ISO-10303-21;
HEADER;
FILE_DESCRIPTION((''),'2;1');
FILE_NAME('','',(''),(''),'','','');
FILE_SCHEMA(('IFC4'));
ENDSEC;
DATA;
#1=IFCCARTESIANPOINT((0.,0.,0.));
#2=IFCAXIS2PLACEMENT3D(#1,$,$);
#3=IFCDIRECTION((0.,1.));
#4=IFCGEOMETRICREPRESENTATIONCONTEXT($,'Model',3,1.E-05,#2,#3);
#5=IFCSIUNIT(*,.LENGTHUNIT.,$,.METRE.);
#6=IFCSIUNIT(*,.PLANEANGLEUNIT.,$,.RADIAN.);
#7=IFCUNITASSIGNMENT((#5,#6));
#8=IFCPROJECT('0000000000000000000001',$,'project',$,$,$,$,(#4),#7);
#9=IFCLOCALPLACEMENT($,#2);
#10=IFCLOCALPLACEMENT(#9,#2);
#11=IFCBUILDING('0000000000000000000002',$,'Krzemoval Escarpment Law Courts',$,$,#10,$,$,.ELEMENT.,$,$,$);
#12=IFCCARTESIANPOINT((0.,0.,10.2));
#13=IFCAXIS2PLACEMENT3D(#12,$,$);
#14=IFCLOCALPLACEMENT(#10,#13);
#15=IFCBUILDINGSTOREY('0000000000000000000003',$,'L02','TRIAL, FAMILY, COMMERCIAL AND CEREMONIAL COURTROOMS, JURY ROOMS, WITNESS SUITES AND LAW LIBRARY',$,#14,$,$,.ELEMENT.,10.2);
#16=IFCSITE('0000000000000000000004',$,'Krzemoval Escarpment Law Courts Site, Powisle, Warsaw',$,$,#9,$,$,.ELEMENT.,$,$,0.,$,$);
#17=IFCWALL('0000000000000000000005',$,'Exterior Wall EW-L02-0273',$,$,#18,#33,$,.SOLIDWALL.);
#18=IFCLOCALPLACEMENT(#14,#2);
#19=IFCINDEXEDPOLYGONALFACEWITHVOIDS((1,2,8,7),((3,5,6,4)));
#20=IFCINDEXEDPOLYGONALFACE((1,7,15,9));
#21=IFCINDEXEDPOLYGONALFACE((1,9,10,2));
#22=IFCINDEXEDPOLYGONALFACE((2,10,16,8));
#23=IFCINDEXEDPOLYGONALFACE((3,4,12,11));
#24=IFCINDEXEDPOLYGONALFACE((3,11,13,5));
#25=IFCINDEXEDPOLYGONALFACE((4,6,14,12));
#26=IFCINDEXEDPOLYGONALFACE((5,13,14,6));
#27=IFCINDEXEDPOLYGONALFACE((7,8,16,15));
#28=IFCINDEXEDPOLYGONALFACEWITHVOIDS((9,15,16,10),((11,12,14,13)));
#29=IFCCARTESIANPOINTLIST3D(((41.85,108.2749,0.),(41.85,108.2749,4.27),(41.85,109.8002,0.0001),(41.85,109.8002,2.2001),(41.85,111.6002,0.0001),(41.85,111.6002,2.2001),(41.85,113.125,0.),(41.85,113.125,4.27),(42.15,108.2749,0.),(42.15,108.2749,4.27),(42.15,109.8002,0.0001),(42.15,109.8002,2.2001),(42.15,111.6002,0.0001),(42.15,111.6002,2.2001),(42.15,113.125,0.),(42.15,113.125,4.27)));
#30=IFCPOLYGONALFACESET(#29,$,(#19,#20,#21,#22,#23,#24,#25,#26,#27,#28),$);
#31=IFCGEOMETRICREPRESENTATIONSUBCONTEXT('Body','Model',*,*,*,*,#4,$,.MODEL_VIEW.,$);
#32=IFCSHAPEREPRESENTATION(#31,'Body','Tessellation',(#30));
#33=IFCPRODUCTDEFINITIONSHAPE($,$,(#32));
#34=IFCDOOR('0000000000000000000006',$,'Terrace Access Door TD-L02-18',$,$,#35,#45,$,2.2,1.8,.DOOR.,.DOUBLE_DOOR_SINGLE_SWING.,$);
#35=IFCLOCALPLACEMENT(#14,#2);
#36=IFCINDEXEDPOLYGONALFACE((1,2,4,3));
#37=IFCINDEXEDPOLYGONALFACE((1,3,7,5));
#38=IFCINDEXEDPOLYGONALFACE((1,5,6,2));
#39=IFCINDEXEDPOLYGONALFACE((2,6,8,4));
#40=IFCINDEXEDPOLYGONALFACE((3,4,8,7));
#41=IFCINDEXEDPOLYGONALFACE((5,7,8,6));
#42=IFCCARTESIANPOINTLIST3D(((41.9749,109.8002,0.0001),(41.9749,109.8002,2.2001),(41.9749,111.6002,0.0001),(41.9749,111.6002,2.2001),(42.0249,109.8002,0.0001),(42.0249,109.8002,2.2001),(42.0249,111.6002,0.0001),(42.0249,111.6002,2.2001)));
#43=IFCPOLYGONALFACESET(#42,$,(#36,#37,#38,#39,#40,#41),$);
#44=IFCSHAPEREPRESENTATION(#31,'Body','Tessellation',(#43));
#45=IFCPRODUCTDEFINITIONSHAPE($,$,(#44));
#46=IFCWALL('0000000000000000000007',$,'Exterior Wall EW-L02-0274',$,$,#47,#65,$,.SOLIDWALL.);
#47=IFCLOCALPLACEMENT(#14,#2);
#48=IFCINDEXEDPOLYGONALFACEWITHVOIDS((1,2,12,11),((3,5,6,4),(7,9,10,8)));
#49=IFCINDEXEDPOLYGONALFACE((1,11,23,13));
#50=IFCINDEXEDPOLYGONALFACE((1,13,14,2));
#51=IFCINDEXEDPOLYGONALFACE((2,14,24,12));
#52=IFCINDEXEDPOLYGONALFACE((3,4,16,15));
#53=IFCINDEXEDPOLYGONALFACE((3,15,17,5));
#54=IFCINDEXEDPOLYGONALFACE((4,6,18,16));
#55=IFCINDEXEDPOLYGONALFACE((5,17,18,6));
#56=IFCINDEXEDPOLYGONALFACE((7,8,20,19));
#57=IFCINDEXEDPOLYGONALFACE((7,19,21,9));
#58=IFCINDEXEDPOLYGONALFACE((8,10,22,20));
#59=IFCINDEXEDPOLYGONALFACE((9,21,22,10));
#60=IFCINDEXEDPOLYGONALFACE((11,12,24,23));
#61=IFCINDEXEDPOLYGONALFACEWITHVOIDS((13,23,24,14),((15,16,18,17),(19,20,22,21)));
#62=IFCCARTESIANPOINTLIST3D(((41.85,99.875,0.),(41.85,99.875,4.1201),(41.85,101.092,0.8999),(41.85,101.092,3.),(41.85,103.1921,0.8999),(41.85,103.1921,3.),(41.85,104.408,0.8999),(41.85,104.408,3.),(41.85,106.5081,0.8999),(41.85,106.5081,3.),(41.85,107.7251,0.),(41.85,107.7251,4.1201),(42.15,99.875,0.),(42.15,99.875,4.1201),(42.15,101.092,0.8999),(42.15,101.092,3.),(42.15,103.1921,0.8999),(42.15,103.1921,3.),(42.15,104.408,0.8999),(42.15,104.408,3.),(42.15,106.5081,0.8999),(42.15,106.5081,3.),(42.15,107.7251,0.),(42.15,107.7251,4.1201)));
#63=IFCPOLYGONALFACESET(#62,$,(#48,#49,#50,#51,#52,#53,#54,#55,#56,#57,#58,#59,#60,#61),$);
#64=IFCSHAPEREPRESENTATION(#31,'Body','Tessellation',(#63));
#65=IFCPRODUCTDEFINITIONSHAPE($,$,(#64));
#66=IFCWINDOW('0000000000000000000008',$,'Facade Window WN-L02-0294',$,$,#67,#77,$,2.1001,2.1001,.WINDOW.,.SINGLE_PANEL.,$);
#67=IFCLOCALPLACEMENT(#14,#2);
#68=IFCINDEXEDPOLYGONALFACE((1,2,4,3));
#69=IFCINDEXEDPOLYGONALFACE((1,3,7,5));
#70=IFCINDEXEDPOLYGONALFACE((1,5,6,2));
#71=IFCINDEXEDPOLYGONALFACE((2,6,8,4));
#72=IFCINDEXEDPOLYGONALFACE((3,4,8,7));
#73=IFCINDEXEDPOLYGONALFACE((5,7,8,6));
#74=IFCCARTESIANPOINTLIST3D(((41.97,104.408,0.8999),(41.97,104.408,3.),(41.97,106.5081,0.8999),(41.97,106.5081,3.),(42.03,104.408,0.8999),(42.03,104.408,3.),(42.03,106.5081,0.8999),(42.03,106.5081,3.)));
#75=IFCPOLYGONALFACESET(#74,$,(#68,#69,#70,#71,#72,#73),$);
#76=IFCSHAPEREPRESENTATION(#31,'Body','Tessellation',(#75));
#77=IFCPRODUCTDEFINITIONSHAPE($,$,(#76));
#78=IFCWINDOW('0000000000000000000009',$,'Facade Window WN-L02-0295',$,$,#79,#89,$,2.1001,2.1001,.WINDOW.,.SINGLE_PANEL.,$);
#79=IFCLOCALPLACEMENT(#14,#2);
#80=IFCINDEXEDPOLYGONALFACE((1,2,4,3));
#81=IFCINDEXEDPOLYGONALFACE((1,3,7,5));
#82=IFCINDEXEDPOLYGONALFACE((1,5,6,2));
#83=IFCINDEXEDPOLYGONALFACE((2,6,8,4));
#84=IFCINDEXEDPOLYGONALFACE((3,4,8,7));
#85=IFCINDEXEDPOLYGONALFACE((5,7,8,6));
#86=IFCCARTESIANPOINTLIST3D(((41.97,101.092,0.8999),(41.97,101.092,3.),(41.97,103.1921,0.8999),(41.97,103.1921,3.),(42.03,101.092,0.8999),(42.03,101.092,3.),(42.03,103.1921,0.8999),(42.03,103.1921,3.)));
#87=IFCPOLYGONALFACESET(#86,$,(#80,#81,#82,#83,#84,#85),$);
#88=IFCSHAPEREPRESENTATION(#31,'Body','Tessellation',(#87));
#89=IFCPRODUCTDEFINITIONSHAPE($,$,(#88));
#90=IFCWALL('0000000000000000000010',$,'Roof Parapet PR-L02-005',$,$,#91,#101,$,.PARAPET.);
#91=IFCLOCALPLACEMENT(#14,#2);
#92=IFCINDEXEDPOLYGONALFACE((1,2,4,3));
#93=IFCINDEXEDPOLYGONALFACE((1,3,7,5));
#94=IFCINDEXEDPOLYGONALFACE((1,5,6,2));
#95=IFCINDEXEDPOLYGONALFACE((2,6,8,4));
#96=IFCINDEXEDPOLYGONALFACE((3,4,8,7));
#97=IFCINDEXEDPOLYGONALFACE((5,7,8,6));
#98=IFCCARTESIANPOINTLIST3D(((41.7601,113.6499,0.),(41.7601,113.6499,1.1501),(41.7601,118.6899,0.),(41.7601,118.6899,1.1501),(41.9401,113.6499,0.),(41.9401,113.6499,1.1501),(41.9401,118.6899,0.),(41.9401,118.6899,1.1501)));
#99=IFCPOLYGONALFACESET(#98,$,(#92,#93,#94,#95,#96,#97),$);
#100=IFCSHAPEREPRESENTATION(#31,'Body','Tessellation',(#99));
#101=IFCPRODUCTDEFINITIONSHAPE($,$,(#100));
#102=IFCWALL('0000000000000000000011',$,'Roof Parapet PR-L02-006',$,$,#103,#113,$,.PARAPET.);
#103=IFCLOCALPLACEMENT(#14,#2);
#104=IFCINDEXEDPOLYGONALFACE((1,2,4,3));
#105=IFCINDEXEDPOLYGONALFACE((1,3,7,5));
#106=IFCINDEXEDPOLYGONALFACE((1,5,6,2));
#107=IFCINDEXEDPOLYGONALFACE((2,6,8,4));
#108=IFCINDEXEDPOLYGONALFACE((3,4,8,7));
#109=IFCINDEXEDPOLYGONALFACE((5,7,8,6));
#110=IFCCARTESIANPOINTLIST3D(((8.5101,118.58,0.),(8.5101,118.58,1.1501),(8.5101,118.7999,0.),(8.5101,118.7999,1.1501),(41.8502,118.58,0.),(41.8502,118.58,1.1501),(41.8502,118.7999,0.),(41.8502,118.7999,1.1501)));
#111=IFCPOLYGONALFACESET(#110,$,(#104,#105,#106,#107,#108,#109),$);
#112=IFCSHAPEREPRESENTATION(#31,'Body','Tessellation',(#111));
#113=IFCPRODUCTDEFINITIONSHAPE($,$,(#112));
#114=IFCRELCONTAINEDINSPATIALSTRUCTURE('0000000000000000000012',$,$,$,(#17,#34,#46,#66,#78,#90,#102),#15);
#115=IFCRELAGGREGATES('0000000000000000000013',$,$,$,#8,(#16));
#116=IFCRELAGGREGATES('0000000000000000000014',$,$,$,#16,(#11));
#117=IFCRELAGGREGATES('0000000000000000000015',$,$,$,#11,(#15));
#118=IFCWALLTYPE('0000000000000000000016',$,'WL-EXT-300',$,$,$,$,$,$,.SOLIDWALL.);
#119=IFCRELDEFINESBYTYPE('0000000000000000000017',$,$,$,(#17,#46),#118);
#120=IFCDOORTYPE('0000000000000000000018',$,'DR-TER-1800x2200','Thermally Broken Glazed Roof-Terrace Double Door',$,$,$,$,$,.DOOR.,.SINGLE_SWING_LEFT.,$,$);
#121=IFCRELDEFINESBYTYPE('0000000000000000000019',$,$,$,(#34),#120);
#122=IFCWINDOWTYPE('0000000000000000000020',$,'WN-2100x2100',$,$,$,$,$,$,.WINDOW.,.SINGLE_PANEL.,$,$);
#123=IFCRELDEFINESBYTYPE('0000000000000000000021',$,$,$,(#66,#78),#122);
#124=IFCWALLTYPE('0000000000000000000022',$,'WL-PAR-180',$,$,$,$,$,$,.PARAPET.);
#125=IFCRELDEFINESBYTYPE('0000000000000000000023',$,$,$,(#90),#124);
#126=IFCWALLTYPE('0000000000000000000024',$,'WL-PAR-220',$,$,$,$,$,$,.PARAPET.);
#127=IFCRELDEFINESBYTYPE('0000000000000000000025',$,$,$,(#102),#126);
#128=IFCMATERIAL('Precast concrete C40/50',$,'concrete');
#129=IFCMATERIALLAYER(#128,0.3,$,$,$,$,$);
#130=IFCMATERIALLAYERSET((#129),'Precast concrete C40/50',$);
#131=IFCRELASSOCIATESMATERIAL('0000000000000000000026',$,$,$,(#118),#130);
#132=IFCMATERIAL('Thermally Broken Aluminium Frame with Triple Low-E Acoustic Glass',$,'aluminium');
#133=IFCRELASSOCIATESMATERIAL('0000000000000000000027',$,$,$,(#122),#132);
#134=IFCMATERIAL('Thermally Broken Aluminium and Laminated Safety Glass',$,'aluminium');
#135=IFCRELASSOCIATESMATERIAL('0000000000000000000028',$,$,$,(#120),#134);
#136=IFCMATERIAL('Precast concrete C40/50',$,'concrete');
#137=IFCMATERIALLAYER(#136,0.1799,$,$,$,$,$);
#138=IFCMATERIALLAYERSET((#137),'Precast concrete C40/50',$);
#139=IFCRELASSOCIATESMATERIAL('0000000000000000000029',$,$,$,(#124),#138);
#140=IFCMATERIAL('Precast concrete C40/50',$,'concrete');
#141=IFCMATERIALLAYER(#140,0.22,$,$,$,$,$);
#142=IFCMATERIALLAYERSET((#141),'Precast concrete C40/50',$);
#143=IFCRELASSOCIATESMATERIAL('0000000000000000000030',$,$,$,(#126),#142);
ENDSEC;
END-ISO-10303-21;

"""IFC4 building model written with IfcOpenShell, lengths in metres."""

from ifc_helpers import new_model, si_unit, direction, frame, frame_2d, origin, place, context, subcontext, project, spatial, rectangle, extrude, material, layer, layer_set, type_object, element, fill, save


model = new_model("IFC4")

# Units and contexts
model_context = context("Model", 3, precision=1e-05, world=origin(), true_north=direction((0.0, 1.0)))
body_context = subcontext(model_context, "Body", "Model", "MODEL_VIEW")
ifc_project = project(units=[si_unit("LENGTHUNIT", "METRE"), si_unit("PLANEANGLEUNIT", "RADIAN")], contexts=[model_context])

# Site, building, storey
site_placement = place(None, origin())
site = spatial("IfcSite", under=ifc_project, at=site_placement, Name="Krzemoval Escarpment Law Courts Site, Powisle, Warsaw", CompositionType="ELEMENT", RefElevation=0.0)
building_placement = place(site_placement, origin())
building = spatial("IfcBuilding", under=site, at=building_placement, Name="Krzemoval Escarpment Law Courts", CompositionType="ELEMENT")
storey_placement = place(building_placement, frame((0.0, 0.0, 10.2)))
storey = spatial("IfcBuildingStorey", under=building, at=storey_placement, Name="L02", Description="TRIAL, FAMILY, COMMERCIAL AND CEREMONIAL COURTROOMS, JURY ROOMS, WITNESS SUITES AND LAW LIBRARY", CompositionType="ELEMENT", Elevation=10.2)

# Shared definitions
ifc_material_1 = material(Name="Precast concrete C40/50", Category="concrete")
ifc_layer_1 = layer(ifc_material_1, 0.3)
ifc_layer_set_1 = layer_set([ifc_layer_1], Name="Precast concrete C40/50")
wall_type_1 = type_object("IfcWallType", Name="WL-EXT-300", PredefinedType="SOLIDWALL", material=ifc_layer_set_1)
ifc_material_2 = material(Name="Thermally Broken Aluminium Frame with Triple Low-E Acoustic Glass", Category="aluminium")
window_type = type_object("IfcWindowType", Name="WN-2100x2100", PartitioningType="SINGLE_PANEL", PredefinedType="WINDOW", material=ifc_material_2)

# Wall, opening, door
wall_1_placement = place(storey_placement, frame((42.0, 113.125, 0.0), z_axis=(0.0, 0.0, 1.0), x_axis=(0.0, -1.0, 0.0)))
wall_1 = element("IfcWall", 1, at=wall_1_placement, inside=storey, type_object=wall_type_1, Name="Exterior Wall EW-L02-0273", PredefinedType="SOLIDWALL", context=body_context, shape_type="SweptSolid", body=[
    extrude(rectangle(XDim=4.8501, YDim=0.3, at=frame_2d((2.425, 0.0))), origin(), (0.0, 0.0, 1.0), 4.27),
])
opening_1_placement = place(wall_1_placement, frame((1.5249, 0.0, 0.0)))
opening_1 = element("IfcOpeningElement", 2, at=opening_1_placement, cuts=wall_1, PredefinedType="OPENING", context=body_context, shape_type="SweptSolid", body=[
    extrude(rectangle(XDim=1.8, YDim=2.2, at=frame_2d((0.8999, 1.1001))), frame((0.0, 0.165, 0.0), z_axis=(0.0, -1.0, 0.0), x_axis=(1.0, 0.0, 0.0)), (0.0, 0.0, 1.0), 0.3301),
])
ifc_material_3 = material(Name="Thermally Broken Aluminium and Laminated Safety Glass", Category="aluminium")
door_type = type_object("IfcDoorType", Name="DR-TER-1800x2200", Description="Thermally Broken Glazed Roof-Terrace Double Door", OperationType="SINGLE_SWING_LEFT", PredefinedType="DOOR", material=ifc_material_3)
door_placement = place(opening_1_placement, origin())
door = element("IfcDoor", 3, at=door_placement, inside=storey, type_object=door_type, Name="Terrace Access Door TD-L02-18", OperationType="DOUBLE_DOOR_SINGLE_SWING", OverallHeight=2.2, OverallWidth=1.8, PredefinedType="DOOR", context=body_context, shape_type="SweptSolid", body=[
    extrude(rectangle(XDim=1.8, YDim=2.2, at=frame_2d((0.8999, 1.1001))), frame((0.0, 0.0249, 0.0), z_axis=(0.0, -1.0, 0.0), x_axis=(1.0, 0.0, 0.0)), (0.0, 0.0, 1.0), 0.05),
])
fill(opening_1, door)

# Wall, openings, windows
wall_2_placement = place(storey_placement, frame((42.0, 107.7251, 0.0), z_axis=(0.0, 0.0, 1.0), x_axis=(0.0, -1.0, 0.0)))
wall_2 = element("IfcWall", 4, at=wall_2_placement, inside=storey, type_object=wall_type_1, Name="Exterior Wall EW-L02-0274", PredefinedType="SOLIDWALL", context=body_context, shape_type="SweptSolid", body=[
    extrude(rectangle(XDim=7.8501, YDim=0.3, at=frame_2d((3.925, 0.0))), origin(), (0.0, 0.0, 1.0), 4.1201),
])
opening_2_placement = place(wall_2_placement, frame((1.217, 0.0, 0.8999)))
opening_2 = element("IfcOpeningElement", 5, at=opening_2_placement, cuts=wall_2, PredefinedType="OPENING", context=body_context, shape_type="SweptSolid", body=[
    extrude(rectangle(XDim=2.1001, YDim=2.1001, at=frame_2d((1.05, 1.05))), frame((0.0, 0.165, 0.0), z_axis=(0.0, -1.0, 0.0), x_axis=(1.0, 0.0, 0.0)), (0.0, 0.0, 1.0), 0.3301),
])
opening_3_placement = place(wall_2_placement, frame((4.533, 0.0, 0.8999)))
opening_3 = element("IfcOpeningElement", 6, at=opening_3_placement, cuts=wall_2, PredefinedType="OPENING", context=body_context, shape_type="SweptSolid", body=[
    extrude(rectangle(XDim=2.1001, YDim=2.1001, at=frame_2d((1.05, 1.05))), frame((0.0, 0.165, 0.0), z_axis=(0.0, -1.0, 0.0), x_axis=(1.0, 0.0, 0.0)), (0.0, 0.0, 1.0), 0.3301),
])
window_1_placement = place(opening_2_placement, origin())
window_1 = element("IfcWindow", 7, at=window_1_placement, inside=storey, type_object=window_type, Name="Facade Window WN-L02-0294", OverallHeight=2.1001, OverallWidth=2.1001, PartitioningType="SINGLE_PANEL", PredefinedType="WINDOW", context=body_context, shape_type="SweptSolid", body=[
    extrude(rectangle(XDim=2.1001, YDim=2.1001, at=frame_2d((1.05, 1.05))), frame((0.0, 0.03, 0.0), z_axis=(0.0, -1.0, 0.0), x_axis=(1.0, 0.0, 0.0)), (0.0, 0.0, 1.0), 0.0601),
])
fill(opening_2, window_1)
window_2_placement = place(opening_3_placement, origin())
window_2 = element("IfcWindow", 8, at=window_2_placement, inside=storey, type_object=window_type, Name="Facade Window WN-L02-0295", OverallHeight=2.1001, OverallWidth=2.1001, PartitioningType="SINGLE_PANEL", PredefinedType="WINDOW", context=body_context, shape_type="SweptSolid", body=[
    extrude(rectangle(XDim=2.1001, YDim=2.1001, at=frame_2d((1.05, 1.05))), frame((0.0, 0.03, 0.0), z_axis=(0.0, -1.0, 0.0), x_axis=(1.0, 0.0, 0.0)), (0.0, 0.0, 1.0), 0.0601),
])
fill(opening_3, window_2)

# Walls
ifc_material_4 = material(Name="Precast concrete C40/50", Category="concrete")
ifc_layer_2 = layer(ifc_material_4, 0.1799)
ifc_layer_set_2 = layer_set([ifc_layer_2], Name="Precast concrete C40/50")
wall_type_2 = type_object("IfcWallType", Name="WL-PAR-180", PredefinedType="PARAPET", material=ifc_layer_set_2)
wall_3_placement = place(storey_placement, frame((41.8501, 113.6499, 0.0), z_axis=(0.0, 0.0, 1.0), x_axis=(0.0, 1.0, 0.0)))
element("IfcWall", 9, at=wall_3_placement, inside=storey, type_object=wall_type_2, Name="Roof Parapet PR-L02-005", PredefinedType="PARAPET", context=body_context, shape_type="SweptSolid", body=[
    extrude(rectangle(XDim=5.04, YDim=0.1799, at=frame_2d((2.52, 0.0))), origin(), (0.0, 0.0, 1.0), 1.1501),
])
ifc_material_5 = material(Name="Precast concrete C40/50", Category="concrete")
ifc_layer_3 = layer(ifc_material_5, 0.22)
ifc_layer_set_3 = layer_set([ifc_layer_3], Name="Precast concrete C40/50")
wall_type_3 = type_object("IfcWallType", Name="WL-PAR-220", PredefinedType="PARAPET", material=ifc_layer_set_3)
wall_4_placement = place(storey_placement, frame((41.8501, 118.6899, 0.0), z_axis=(0.0, 0.0, 1.0), x_axis=(-1.0, 0.0, 0.0)))
element("IfcWall", 10, at=wall_4_placement, inside=storey, type_object=wall_type_3, Name="Roof Parapet PR-L02-006", PredefinedType="PARAPET", context=body_context, shape_type="SweptSolid", body=[
    extrude(rectangle(XDim=33.3401, YDim=0.22, at=frame_2d((16.6699, 0.0))), origin(), (0.0, 0.0, 1.0), 1.1501),
])

save(model, "model.ifc")
